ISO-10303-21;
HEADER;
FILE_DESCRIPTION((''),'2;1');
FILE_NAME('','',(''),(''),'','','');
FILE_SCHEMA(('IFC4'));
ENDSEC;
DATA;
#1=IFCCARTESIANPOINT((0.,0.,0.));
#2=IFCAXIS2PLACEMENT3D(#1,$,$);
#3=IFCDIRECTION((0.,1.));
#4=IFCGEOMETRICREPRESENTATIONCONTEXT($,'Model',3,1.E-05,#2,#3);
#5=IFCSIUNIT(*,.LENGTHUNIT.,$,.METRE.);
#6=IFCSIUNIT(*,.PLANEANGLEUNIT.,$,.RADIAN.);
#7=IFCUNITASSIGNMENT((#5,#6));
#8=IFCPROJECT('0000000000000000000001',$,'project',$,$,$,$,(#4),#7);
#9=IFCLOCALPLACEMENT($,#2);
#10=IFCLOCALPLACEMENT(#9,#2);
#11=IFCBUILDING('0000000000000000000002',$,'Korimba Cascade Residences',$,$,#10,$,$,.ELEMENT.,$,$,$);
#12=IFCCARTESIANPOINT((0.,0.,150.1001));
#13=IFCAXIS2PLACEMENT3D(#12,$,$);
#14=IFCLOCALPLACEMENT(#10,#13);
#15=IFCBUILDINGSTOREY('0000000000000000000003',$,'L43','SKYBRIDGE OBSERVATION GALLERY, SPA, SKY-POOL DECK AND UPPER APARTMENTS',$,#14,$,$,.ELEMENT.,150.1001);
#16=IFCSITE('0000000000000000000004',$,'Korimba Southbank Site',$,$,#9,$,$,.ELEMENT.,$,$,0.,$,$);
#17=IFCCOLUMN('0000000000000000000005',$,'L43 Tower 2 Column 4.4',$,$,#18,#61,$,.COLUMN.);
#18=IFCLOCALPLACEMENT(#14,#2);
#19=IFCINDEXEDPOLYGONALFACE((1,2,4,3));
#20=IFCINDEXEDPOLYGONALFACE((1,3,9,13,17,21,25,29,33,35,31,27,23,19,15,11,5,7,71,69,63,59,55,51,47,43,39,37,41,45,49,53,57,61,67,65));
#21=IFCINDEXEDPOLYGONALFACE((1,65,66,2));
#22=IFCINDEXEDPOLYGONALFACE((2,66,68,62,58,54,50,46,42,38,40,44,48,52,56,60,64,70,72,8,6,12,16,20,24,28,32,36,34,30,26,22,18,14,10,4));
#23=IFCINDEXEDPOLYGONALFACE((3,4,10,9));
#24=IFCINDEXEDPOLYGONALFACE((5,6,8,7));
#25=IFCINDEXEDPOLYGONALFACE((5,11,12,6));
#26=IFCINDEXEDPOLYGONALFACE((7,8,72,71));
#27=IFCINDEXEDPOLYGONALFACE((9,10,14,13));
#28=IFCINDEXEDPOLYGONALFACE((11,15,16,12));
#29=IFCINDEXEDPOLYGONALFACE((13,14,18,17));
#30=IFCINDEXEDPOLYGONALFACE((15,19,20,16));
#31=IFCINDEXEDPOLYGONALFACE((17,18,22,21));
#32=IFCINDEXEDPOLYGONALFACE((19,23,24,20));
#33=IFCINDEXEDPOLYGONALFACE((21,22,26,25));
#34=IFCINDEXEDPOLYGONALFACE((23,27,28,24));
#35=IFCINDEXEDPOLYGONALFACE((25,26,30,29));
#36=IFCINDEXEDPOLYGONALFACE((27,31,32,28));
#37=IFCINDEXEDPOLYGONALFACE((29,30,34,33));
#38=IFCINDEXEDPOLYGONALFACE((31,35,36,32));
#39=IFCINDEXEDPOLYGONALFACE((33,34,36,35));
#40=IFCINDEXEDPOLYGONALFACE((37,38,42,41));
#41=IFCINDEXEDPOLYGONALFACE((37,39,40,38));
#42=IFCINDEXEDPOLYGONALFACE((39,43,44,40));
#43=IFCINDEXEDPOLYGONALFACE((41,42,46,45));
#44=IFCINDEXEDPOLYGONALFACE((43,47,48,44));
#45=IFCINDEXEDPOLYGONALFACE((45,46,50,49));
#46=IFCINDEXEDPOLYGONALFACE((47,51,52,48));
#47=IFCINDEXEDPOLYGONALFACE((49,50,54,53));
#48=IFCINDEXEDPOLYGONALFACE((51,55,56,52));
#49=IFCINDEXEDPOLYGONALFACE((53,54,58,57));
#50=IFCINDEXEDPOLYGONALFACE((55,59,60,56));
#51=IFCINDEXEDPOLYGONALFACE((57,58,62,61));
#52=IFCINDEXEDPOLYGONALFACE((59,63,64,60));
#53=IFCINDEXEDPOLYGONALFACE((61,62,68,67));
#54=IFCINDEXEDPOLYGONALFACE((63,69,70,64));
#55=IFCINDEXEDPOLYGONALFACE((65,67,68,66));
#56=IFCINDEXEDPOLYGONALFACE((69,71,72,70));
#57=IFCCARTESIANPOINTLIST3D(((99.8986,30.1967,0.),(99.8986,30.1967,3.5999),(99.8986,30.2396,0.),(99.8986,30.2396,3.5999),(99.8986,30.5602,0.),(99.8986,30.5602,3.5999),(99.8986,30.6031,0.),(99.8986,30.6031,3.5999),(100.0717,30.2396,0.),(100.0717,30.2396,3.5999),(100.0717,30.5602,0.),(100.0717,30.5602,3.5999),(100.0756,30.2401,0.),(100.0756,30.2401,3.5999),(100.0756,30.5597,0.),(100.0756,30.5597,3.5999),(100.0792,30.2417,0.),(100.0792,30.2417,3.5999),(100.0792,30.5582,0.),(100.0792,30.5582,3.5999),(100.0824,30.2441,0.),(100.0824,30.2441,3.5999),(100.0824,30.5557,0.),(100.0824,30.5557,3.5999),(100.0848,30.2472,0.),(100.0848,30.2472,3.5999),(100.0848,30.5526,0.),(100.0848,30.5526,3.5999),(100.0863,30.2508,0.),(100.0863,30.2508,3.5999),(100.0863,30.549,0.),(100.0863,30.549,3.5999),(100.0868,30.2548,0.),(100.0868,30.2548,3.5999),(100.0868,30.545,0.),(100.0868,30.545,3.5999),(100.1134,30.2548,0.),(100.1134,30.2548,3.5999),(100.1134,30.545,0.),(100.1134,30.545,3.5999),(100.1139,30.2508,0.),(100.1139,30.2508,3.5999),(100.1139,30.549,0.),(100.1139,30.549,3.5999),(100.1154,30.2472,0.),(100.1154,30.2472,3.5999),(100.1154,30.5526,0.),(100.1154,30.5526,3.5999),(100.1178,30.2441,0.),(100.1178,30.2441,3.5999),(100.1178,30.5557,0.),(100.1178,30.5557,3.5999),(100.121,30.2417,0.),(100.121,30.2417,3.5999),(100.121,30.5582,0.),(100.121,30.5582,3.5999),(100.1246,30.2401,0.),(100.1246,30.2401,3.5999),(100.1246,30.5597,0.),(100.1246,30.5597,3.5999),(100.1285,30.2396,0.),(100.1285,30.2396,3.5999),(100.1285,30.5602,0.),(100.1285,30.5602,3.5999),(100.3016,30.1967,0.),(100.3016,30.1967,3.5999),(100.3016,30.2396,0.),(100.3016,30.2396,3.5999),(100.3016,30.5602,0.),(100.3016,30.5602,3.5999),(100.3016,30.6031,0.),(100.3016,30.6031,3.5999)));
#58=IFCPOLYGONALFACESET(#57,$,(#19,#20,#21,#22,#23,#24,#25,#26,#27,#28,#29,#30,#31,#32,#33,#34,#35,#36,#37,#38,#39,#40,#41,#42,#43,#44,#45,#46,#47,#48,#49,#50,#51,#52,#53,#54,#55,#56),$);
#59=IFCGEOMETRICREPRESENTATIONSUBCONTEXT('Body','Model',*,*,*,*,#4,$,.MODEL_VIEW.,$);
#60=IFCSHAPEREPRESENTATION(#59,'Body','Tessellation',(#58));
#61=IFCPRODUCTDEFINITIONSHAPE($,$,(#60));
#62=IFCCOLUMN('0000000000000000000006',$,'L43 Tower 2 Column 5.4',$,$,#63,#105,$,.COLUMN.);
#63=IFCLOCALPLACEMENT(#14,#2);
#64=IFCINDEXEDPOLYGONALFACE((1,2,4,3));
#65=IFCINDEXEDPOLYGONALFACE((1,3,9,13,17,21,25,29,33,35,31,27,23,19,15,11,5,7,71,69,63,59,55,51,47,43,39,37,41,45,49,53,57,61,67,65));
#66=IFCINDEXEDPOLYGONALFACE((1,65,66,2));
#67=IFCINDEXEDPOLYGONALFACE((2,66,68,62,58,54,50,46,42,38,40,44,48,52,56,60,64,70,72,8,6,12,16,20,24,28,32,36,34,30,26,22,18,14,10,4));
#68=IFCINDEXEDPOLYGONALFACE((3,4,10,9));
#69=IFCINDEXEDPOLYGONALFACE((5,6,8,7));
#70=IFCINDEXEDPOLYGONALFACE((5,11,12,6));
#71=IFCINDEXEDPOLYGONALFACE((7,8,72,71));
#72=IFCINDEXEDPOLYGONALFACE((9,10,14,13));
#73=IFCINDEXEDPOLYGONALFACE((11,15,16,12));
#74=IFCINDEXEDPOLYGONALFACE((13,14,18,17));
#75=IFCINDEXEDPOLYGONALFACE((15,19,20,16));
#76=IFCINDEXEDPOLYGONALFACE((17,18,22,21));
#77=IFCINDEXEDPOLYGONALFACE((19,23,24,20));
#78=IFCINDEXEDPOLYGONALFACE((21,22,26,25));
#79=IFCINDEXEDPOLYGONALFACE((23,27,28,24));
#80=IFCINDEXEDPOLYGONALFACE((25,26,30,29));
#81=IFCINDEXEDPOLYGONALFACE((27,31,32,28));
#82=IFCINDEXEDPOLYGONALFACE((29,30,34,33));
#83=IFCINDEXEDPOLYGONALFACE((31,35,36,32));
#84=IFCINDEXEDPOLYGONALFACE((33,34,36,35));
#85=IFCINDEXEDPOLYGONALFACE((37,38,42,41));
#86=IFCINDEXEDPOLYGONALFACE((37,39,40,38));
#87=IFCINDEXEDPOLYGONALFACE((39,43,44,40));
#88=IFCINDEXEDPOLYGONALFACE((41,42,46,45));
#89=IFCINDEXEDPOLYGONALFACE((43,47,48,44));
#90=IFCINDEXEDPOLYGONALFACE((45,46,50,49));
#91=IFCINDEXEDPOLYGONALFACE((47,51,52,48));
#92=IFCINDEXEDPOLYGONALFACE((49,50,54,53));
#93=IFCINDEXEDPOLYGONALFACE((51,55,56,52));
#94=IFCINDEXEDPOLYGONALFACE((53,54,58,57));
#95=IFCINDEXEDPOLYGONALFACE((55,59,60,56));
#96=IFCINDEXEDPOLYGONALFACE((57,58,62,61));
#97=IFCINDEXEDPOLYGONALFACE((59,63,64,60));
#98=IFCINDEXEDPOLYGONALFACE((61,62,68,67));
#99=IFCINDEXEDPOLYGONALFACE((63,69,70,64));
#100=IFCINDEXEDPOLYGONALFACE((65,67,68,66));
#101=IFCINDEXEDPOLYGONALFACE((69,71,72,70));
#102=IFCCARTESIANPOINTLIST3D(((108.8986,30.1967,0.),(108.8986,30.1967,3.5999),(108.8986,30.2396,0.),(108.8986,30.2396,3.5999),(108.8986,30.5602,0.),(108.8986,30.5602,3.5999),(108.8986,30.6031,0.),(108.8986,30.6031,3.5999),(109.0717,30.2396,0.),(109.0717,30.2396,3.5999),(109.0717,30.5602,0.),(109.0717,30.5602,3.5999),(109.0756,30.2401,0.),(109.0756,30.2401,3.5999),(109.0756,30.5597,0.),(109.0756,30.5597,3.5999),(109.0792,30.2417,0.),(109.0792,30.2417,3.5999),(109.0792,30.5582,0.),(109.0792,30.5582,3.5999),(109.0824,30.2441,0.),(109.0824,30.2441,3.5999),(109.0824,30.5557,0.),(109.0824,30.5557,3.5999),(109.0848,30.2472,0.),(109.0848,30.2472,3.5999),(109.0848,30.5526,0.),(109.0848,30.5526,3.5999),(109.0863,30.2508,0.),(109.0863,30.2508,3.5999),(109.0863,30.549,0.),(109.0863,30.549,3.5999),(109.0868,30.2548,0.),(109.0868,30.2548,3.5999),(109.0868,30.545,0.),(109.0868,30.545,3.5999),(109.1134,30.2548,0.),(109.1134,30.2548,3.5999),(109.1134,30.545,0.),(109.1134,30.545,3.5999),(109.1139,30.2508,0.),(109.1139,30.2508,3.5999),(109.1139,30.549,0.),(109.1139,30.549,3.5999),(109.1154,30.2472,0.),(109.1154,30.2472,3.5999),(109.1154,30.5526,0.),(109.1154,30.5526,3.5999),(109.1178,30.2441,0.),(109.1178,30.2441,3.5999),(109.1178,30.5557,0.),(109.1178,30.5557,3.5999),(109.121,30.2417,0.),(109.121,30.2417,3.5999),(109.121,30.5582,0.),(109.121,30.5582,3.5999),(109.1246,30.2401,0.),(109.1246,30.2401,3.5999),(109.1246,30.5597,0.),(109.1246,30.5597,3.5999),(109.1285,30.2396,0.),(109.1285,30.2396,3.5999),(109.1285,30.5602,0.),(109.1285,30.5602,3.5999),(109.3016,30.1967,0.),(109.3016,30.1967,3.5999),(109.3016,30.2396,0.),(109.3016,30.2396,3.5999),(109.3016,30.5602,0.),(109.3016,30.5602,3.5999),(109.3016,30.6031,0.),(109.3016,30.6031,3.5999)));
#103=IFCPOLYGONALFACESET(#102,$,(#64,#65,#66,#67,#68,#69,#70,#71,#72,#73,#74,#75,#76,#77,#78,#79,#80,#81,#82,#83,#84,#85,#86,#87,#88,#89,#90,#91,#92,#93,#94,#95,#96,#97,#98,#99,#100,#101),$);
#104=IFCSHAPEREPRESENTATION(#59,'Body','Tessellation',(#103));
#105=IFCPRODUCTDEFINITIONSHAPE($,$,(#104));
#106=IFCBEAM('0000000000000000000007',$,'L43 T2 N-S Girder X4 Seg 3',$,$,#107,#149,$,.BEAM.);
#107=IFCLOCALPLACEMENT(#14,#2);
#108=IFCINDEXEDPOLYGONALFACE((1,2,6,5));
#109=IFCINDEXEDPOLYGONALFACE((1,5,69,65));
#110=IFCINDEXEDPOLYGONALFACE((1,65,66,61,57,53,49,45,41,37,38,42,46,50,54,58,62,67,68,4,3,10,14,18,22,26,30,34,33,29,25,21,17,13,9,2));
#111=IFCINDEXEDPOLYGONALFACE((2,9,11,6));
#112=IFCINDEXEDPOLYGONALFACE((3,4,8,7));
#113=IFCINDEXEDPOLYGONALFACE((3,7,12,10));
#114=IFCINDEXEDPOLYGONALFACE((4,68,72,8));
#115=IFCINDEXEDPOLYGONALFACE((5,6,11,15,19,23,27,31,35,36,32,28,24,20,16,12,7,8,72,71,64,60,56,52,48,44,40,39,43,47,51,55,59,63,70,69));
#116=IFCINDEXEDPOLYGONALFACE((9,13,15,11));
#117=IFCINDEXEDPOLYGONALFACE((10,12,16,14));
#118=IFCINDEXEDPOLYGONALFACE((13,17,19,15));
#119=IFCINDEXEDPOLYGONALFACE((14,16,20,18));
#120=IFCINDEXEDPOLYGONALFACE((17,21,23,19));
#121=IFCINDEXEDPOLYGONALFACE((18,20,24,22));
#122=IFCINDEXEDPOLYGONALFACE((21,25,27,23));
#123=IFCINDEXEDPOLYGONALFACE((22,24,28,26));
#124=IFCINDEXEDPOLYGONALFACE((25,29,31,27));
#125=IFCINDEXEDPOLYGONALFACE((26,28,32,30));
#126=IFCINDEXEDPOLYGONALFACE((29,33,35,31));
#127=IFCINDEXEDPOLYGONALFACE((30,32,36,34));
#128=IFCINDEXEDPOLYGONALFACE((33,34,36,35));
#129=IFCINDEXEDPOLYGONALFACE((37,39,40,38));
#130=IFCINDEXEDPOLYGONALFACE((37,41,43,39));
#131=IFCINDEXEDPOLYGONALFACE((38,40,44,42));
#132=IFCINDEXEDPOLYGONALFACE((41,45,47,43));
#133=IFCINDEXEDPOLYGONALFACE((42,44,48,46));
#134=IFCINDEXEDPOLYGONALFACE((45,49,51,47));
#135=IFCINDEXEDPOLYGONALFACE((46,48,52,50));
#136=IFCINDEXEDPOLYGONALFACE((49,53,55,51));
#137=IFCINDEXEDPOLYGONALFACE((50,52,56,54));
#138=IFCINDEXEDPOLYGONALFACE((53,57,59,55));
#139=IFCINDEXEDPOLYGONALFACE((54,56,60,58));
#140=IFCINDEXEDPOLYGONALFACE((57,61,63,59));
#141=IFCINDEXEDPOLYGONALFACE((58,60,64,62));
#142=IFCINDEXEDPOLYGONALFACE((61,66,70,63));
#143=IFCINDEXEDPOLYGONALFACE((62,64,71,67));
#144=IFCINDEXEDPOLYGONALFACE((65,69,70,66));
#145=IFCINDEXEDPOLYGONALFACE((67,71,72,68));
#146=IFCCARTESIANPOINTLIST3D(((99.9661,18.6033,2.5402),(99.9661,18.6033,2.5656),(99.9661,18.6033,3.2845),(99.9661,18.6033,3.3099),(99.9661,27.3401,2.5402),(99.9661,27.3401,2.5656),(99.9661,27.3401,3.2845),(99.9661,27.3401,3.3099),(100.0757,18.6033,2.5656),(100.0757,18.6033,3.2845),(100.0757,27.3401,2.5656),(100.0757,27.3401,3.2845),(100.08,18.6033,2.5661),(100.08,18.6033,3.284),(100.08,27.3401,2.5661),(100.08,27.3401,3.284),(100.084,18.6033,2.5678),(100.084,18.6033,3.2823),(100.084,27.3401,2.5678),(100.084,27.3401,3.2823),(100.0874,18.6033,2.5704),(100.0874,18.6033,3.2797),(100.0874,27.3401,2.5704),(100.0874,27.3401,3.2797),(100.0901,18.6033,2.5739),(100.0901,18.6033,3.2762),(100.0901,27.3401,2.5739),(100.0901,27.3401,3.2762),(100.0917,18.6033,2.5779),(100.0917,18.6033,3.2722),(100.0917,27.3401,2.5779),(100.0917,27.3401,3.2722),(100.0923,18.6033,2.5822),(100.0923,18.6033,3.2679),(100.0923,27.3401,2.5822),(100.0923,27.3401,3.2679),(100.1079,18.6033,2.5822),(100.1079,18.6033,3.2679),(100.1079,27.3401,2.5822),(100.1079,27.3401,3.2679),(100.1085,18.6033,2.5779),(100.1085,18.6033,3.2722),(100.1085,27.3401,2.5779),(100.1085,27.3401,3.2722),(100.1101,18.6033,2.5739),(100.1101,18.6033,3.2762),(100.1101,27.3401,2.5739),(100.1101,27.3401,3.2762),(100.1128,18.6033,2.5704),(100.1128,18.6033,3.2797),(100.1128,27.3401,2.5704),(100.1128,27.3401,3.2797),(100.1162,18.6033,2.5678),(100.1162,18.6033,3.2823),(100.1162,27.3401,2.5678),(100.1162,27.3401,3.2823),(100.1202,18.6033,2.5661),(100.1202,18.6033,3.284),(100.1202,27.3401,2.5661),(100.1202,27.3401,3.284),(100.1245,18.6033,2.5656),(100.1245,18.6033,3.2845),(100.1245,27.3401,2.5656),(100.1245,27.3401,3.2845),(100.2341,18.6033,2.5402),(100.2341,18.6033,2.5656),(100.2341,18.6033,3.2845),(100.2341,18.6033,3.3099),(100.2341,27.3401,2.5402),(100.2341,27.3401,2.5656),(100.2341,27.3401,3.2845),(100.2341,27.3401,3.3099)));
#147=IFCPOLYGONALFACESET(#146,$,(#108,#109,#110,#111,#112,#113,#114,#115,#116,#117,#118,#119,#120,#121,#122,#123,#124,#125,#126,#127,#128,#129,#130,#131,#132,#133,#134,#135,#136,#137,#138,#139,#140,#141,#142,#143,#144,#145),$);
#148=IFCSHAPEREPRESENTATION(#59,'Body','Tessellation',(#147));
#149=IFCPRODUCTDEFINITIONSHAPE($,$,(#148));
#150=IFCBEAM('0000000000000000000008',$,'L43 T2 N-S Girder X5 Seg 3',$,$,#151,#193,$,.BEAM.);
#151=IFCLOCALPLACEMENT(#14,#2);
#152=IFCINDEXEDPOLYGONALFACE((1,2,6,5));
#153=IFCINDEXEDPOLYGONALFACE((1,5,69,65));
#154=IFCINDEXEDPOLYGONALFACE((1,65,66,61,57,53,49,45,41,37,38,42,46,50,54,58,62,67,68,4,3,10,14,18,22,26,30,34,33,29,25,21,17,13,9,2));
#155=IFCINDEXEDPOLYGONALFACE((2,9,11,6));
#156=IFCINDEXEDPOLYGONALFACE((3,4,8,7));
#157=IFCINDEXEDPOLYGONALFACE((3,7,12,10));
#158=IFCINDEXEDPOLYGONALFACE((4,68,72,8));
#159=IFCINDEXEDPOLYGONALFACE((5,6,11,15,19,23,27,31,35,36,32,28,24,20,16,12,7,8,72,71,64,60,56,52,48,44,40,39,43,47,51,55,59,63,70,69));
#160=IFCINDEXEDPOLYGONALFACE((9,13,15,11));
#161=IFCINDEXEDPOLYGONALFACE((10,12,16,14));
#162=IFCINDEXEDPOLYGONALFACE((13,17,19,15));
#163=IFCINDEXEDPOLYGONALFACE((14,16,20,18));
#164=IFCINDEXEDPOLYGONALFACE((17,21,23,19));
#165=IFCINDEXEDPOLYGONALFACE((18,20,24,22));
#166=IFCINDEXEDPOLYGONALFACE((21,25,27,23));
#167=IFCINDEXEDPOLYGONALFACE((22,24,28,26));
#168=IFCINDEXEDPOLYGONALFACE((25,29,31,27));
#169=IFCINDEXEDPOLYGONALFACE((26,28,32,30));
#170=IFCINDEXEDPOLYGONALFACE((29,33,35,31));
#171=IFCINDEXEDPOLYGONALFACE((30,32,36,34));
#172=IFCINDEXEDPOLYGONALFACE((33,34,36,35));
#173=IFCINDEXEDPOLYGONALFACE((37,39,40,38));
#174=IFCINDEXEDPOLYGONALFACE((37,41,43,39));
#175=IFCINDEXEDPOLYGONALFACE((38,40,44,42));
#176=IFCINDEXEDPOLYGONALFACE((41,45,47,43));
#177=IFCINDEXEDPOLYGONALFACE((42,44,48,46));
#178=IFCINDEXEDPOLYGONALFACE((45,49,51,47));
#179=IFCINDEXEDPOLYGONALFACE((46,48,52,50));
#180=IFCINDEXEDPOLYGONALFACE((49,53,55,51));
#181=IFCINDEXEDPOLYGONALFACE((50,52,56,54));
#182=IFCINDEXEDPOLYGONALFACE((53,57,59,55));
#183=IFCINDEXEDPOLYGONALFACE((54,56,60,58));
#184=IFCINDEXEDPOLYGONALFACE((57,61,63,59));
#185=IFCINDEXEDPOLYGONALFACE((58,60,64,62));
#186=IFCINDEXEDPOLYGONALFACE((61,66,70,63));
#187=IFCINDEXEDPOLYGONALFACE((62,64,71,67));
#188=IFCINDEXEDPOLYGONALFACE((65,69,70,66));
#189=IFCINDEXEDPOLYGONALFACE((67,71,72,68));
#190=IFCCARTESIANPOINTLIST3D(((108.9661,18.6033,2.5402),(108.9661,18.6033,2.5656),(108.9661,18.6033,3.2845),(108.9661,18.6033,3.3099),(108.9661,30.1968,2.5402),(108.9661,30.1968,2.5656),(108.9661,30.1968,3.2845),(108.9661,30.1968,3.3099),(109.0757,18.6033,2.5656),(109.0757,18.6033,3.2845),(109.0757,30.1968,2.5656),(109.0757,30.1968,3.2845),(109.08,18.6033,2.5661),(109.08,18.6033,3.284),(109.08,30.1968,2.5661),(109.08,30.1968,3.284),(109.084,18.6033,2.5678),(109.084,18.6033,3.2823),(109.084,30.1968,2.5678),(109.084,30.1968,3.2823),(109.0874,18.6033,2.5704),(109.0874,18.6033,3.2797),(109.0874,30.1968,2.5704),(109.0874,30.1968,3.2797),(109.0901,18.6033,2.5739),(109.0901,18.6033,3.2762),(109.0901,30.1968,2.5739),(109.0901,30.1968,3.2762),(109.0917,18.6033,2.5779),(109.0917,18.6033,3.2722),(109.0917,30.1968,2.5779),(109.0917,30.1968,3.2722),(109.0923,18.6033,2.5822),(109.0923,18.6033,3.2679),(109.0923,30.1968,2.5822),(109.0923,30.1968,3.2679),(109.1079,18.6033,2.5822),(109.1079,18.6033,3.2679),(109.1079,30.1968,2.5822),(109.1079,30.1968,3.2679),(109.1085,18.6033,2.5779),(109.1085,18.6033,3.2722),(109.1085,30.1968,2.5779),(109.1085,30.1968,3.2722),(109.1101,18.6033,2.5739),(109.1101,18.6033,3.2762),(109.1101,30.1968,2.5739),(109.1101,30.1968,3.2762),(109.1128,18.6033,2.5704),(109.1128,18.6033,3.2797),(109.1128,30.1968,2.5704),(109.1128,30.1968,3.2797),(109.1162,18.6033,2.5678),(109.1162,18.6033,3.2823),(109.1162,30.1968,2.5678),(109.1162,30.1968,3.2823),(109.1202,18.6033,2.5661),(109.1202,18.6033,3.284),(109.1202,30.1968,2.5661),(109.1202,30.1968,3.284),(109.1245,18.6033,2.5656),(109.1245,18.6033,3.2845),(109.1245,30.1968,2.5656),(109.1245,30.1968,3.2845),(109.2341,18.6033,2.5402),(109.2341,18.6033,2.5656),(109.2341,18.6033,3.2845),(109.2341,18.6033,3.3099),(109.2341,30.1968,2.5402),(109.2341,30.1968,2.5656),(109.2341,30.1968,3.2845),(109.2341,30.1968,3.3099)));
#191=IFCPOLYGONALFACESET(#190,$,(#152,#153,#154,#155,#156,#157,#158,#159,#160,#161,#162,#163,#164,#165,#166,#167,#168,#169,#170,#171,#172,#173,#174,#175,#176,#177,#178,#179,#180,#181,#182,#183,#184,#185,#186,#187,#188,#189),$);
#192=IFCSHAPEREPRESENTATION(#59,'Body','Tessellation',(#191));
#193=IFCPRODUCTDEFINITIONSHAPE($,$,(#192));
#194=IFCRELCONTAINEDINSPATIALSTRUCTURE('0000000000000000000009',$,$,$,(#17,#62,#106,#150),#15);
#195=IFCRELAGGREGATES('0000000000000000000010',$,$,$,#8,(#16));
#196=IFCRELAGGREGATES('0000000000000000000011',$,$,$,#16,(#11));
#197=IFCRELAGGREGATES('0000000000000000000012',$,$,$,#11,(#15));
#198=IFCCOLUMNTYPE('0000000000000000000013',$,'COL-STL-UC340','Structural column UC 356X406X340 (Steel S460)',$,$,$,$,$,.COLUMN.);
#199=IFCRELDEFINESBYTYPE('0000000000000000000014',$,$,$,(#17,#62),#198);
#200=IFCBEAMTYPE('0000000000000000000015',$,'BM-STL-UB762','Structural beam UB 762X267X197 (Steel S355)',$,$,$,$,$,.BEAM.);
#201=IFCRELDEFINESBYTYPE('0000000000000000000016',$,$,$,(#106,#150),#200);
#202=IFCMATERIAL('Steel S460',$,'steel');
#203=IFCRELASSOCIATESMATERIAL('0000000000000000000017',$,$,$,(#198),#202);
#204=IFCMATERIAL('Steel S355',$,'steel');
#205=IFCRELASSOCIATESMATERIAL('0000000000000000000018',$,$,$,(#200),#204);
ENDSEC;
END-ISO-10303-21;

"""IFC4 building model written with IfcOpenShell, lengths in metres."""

from ifc_helpers import new_model, si_unit, direction, frame, origin, origin_2d, place, context, subcontext, project, spatial, i_section, extrude, material, material_profile, profile_set, type_object, element, save


model = new_model("IFC4")

# Units and contexts
model_context = context("Model", 3, precision=1e-05, world=origin(), true_north=direction((0.0, 1.0)))
body_context = subcontext(model_context, "Body", "Model", "MODEL_VIEW")
ifc_project = project(units=[si_unit("LENGTHUNIT", "METRE"), si_unit("PLANEANGLEUNIT", "RADIAN")], contexts=[model_context])

# Site, building, storey
site_placement = place(None, origin())
site = spatial("IfcSite", under=ifc_project, at=site_placement, Name="Korimba Southbank Site", CompositionType="ELEMENT", RefElevation=0.0)
building_placement = place(site_placement, origin())
building = spatial("IfcBuilding", under=site, at=building_placement, Name="Korimba Cascade Residences", CompositionType="ELEMENT")
storey_placement = place(building_placement, frame((0.0, 0.0, 150.1001)))
storey = spatial("IfcBuildingStorey", under=building, at=storey_placement, Name="L43", Description="SKYBRIDGE OBSERVATION GALLERY, SPA, SKY-POOL DECK AND UPPER APARTMENTS", CompositionType="ELEMENT", Elevation=150.1001)

# Columns
ifc_material_1 = material(Name="Steel S460", Category="steel")
ifc_material_profile_1 = material_profile(ifc_material_1, i_section(OverallWidth=0.4031, OverallDepth=0.4065, WebThickness=0.0266, FlangeThickness=0.043, FilletRadius=0.0151, at=origin_2d()), Name="Steel S460")
ifc_profile_set_1 = profile_set([ifc_material_profile_1], Name="Steel S460")
column_type = type_object("IfcColumnType", Name="COL-STL-UC340", Description="Structural column UC 356X406X340 (Steel S460)", PredefinedType="COLUMN", material=ifc_profile_set_1)
for number, where, z_axis, x_axis, name in (
    (1, (100.1001, 30.3999, 0.0), (0.0, 0.0, 1.0), (1.0, 0.0, 0.0), "L43 Tower 2 Column 4.4"),
    (2, (109.1001, 30.3999, 0.0), (0.0, 0.0, 1.0), (1.0, 0.0, 0.0), "L43 Tower 2 Column 5.4"),
):
    element("IfcColumn", number, at=place(storey_placement, frame(where, z_axis=z_axis, x_axis=x_axis)), inside=storey, type_object=column_type, Name=name, PredefinedType="COLUMN", context=body_context, shape_type="SweptSolid", body=[
        extrude(i_section(OverallWidth=0.4031, OverallDepth=0.4065, WebThickness=0.0266, FlangeThickness=0.043, FilletRadius=0.0151, at=origin_2d()), origin(), (0.0, 0.0, 1.0), 3.5999),
    ])

# Beams
ifc_material_2 = material(Name="Steel S355", Category="steel")
ifc_material_profile_2 = material_profile(ifc_material_2, i_section(OverallWidth=0.2681, OverallDepth=0.7698, WebThickness=0.0156, FlangeThickness=0.0254, FilletRadius=0.0166, at=origin_2d()), Name="Steel S355")
ifc_profile_set_2 = profile_set([ifc_material_profile_2], Name="Steel S355")
beam_type_1 = type_object("IfcBeamType", Name="BM-STL-UB762", Description="Structural beam UB 762X267X197 (Steel S355)", PredefinedType="BEAM", material=ifc_profile_set_2)
beam_1_placement = place(storey_placement, frame((100.1001, 18.6033, 2.925), z_axis=(0.0, 1.0, 0.0), x_axis=(-1.0, 0.0, 0.0)))
element("IfcBeam", 3, at=beam_1_placement, inside=storey, type_object=beam_type_1, Name="L43 T2 N-S Girder X4 Seg 3", PredefinedType="BEAM", context=body_context, shape_type="SweptSolid", body=[
    extrude(i_section(OverallWidth=0.2681, OverallDepth=0.7698, WebThickness=0.0156, FlangeThickness=0.0254, FilletRadius=0.0166, at=origin_2d()), origin(), (0.0, 0.0, 1.0), 8.7368),
])
beam_2_placement = place(storey_placement, frame((109.1001, 18.6033, 2.925), z_axis=(0.0, 1.0, 0.0), x_axis=(-1.0, 0.0, 0.0)))
element("IfcBeam", 4, at=beam_2_placement, inside=storey, type_object=beam_type_1, Name="L43 T2 N-S Girder X5 Seg 3", PredefinedType="BEAM", context=body_context, shape_type="SweptSolid", body=[
    extrude(i_section(OverallWidth=0.2681, OverallDepth=0.7698, WebThickness=0.0156, FlangeThickness=0.0254, FilletRadius=0.0166, at=origin_2d()), origin(), (0.0, 0.0, 1.0), 11.5935),
])

save(model, "model.ifc")
